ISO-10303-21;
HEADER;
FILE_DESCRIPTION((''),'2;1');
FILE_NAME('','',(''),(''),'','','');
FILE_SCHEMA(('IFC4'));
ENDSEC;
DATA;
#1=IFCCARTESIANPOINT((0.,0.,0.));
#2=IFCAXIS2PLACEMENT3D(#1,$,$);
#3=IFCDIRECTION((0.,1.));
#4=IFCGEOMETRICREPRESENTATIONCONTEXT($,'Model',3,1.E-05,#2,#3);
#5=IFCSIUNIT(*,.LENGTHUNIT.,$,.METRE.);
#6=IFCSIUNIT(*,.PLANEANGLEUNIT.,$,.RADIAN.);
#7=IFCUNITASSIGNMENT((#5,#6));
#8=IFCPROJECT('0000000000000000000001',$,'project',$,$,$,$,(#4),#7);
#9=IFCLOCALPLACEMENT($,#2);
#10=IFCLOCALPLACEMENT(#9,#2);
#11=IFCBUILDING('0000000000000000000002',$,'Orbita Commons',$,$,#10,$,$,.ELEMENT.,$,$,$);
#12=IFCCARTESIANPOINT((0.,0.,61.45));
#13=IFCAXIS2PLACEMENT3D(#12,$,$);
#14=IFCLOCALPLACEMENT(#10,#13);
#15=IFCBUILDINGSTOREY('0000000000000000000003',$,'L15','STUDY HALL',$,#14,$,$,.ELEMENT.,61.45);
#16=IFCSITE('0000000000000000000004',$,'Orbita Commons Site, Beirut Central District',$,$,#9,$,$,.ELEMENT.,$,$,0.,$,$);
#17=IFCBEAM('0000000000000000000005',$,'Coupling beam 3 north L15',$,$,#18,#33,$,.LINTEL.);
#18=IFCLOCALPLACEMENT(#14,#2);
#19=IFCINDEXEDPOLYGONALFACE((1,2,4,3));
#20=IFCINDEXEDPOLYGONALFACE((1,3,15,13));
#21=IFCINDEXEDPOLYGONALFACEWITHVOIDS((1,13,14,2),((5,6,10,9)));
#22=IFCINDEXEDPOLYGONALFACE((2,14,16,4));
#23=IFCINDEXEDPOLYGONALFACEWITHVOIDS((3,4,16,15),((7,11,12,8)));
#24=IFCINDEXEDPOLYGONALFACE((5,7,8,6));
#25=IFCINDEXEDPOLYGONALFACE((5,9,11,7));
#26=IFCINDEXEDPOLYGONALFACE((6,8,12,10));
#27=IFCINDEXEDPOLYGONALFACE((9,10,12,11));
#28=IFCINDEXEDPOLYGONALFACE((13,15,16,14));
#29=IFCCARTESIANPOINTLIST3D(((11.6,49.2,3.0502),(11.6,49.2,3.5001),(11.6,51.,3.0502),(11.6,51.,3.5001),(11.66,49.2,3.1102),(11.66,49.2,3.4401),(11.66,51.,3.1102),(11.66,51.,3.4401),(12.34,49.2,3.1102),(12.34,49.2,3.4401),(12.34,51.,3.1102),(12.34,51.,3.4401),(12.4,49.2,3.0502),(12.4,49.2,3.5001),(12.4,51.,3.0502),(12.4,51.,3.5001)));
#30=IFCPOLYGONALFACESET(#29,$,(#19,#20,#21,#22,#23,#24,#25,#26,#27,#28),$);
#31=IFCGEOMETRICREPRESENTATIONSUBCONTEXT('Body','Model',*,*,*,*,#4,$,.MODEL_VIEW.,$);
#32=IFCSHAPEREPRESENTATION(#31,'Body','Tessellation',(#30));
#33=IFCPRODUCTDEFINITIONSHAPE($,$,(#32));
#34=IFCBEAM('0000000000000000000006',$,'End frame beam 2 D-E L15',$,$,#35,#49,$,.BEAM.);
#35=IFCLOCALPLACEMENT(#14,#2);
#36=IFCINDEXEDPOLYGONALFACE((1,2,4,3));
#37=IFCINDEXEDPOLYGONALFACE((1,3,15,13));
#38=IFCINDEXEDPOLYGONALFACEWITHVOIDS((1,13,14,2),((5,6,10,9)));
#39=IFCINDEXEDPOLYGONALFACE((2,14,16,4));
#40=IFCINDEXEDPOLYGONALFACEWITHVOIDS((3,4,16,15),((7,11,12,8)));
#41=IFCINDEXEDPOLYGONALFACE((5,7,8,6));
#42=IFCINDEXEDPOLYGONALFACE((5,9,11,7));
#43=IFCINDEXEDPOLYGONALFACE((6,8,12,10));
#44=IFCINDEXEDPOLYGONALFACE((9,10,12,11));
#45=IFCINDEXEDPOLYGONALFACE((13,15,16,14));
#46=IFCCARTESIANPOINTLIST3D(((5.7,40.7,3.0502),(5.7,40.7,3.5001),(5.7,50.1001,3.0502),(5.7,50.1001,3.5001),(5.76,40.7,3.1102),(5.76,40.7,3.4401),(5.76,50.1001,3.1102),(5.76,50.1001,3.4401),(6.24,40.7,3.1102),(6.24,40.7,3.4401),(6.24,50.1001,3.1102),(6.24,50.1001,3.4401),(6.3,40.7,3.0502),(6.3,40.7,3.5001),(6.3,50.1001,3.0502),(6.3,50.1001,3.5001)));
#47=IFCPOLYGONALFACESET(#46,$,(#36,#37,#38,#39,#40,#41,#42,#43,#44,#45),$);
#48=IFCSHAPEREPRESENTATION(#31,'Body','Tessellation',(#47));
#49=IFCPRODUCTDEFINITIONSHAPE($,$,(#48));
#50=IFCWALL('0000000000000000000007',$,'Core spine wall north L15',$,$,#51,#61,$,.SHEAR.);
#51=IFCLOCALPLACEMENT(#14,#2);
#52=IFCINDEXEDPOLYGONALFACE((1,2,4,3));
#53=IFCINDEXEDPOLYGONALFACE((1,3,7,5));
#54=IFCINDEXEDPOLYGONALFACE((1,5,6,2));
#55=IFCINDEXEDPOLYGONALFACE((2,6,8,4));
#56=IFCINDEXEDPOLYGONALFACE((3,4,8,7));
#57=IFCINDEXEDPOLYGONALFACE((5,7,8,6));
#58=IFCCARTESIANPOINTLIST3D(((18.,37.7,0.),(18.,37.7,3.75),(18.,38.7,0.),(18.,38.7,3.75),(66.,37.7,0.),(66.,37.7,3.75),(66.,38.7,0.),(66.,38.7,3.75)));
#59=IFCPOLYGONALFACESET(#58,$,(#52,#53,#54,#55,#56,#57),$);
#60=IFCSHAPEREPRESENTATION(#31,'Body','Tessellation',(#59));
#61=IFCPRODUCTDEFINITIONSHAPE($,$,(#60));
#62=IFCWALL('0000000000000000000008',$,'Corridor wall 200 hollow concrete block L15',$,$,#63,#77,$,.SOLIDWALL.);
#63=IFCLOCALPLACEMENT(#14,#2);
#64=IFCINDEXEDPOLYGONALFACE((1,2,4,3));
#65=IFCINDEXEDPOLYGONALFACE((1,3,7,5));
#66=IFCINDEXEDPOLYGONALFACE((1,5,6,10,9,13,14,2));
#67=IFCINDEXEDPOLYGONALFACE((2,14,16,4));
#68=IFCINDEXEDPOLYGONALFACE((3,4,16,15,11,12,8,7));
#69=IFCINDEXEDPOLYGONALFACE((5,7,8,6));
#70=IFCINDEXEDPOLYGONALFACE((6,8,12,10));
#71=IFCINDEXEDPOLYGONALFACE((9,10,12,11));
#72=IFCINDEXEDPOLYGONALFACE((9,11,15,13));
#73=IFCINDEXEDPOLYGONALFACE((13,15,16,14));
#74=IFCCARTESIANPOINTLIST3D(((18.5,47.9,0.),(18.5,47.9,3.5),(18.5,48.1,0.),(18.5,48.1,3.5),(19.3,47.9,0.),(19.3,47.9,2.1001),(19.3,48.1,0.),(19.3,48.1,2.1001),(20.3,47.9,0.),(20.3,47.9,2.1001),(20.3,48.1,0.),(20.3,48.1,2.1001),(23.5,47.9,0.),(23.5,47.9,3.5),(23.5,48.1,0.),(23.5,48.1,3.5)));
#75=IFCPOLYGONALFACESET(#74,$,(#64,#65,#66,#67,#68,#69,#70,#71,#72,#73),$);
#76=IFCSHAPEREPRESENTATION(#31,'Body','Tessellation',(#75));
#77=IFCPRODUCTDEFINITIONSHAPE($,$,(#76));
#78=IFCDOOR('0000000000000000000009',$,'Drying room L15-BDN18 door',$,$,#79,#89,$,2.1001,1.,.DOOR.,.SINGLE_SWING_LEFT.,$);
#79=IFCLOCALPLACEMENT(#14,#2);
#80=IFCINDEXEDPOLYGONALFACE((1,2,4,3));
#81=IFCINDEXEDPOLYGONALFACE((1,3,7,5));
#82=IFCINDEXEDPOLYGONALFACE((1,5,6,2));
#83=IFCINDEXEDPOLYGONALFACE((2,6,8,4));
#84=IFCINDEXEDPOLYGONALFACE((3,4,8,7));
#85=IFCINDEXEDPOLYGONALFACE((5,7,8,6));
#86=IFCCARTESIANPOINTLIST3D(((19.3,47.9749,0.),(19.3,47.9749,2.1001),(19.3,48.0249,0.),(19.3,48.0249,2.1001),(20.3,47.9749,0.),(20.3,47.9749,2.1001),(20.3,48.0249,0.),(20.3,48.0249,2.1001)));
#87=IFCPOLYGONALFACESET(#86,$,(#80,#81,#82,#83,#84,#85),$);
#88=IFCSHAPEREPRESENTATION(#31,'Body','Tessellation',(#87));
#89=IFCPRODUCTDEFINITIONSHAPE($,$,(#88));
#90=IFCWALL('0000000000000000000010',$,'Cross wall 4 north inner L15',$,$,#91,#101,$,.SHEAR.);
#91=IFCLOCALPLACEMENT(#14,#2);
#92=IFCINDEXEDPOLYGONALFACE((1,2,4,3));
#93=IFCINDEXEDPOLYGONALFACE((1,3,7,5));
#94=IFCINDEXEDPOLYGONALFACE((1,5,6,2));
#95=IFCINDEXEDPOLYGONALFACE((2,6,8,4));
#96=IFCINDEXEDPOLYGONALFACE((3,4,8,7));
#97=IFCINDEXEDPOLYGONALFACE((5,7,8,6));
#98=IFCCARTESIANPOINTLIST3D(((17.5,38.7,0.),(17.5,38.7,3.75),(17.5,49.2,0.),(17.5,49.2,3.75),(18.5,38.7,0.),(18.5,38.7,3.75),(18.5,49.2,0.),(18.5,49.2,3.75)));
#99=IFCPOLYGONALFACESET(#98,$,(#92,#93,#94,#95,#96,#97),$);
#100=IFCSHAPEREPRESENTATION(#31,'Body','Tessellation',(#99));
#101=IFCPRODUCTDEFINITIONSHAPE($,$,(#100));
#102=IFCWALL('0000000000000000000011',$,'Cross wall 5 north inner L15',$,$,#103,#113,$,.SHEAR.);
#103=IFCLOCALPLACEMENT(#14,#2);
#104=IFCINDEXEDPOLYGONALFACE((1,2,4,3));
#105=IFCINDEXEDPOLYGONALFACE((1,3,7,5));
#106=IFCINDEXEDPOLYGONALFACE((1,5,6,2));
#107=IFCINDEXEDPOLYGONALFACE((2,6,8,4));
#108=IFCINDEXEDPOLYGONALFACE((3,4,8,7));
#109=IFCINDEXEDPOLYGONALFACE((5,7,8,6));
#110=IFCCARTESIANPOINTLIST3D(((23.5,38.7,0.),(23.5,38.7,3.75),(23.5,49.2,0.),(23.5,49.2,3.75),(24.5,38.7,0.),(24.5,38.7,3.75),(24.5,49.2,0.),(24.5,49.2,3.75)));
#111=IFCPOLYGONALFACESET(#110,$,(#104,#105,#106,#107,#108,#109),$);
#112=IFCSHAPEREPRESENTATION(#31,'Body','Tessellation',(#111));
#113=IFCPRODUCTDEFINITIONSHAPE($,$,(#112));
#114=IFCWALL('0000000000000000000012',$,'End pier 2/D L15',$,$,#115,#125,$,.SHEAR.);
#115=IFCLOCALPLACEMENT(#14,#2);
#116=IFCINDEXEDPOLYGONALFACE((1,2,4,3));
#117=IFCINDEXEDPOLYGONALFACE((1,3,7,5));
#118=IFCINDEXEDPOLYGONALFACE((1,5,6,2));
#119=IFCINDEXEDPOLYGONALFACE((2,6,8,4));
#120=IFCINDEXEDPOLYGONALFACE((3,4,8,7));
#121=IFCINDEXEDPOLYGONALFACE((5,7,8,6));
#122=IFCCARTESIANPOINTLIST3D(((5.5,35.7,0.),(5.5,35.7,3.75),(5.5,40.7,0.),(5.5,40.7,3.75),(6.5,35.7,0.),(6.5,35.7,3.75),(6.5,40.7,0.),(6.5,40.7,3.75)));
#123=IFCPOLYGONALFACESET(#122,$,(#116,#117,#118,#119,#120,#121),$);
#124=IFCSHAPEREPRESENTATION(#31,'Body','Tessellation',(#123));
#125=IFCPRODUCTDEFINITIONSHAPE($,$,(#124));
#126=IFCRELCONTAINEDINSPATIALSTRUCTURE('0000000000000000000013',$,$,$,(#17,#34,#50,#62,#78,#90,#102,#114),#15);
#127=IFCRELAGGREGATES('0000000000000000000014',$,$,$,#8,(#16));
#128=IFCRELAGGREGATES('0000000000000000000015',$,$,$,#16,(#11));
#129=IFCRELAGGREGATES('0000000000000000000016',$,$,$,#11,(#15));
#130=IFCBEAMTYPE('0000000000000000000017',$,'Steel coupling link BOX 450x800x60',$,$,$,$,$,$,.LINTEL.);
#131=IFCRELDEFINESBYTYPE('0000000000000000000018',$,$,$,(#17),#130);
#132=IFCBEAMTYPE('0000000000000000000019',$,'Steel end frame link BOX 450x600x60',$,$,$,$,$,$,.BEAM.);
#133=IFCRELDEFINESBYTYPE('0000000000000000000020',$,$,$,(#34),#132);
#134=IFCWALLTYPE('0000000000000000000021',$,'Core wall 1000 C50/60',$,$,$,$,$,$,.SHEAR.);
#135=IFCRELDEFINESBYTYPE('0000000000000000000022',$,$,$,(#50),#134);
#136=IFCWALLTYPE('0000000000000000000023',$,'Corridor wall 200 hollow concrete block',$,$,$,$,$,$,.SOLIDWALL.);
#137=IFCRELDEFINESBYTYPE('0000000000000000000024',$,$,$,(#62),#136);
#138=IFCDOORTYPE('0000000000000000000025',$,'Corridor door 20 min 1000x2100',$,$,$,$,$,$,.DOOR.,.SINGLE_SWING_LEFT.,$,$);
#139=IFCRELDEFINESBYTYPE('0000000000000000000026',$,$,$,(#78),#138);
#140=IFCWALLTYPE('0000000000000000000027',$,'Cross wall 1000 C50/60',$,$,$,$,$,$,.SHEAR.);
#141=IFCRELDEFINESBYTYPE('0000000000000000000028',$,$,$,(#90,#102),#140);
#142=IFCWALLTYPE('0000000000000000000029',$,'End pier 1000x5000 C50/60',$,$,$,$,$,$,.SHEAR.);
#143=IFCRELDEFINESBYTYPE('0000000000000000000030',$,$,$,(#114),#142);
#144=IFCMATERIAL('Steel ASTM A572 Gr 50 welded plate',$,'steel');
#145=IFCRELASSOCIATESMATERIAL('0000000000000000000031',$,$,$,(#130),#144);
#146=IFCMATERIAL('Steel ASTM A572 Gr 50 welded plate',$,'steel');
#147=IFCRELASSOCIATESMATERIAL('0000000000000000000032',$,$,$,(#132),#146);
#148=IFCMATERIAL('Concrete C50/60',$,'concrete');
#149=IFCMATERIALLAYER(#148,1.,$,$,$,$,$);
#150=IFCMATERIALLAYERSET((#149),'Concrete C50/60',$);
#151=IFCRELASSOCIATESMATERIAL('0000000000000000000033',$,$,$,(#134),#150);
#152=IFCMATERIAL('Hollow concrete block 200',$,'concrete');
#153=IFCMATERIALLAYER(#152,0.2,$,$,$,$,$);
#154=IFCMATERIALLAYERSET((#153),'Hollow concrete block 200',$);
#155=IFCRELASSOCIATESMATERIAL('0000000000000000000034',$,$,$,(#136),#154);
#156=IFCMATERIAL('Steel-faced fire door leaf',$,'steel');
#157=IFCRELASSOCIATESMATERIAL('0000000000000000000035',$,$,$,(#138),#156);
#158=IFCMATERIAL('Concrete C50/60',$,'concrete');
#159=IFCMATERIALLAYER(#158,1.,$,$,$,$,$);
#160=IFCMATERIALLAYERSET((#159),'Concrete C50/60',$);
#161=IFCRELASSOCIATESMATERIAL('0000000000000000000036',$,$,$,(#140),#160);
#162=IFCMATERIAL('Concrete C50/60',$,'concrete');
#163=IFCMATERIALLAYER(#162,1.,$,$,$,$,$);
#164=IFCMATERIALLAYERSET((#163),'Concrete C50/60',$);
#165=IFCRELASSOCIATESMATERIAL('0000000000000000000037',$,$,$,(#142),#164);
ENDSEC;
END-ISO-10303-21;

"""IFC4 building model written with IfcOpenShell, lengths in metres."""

from ifc_helpers import new_model, si_unit, direction, frame, frame_2d, origin, origin_2d, place, context, subcontext, project, spatial, rectangle, hollow_rectangle, extrude, material, layer, layer_set, material_profile, profile_set, type_object, element, fill, save


model = new_model("IFC4")

# Units and contexts
model_context = context("Model", 3, precision=1e-05, world=origin(), true_north=direction((0.0, 1.0)))
body_context = subcontext(model_context, "Body", "Model", "MODEL_VIEW")
ifc_project = project(units=[si_unit("LENGTHUNIT", "METRE"), si_unit("PLANEANGLEUNIT", "RADIAN")], contexts=[model_context])

# Site, building, storey
site_placement = place(None, origin())
site = spatial("IfcSite", under=ifc_project, at=site_placement, Name="Orbita Commons Site, Beirut Central District", CompositionType="ELEMENT", RefElevation=0.0)
building_placement = place(site_placement, origin())
building = spatial("IfcBuilding", under=site, at=building_placement, Name="Orbita Commons", CompositionType="ELEMENT")
storey_placement = place(building_placement, frame((0.0, 0.0, 61.45)))
storey = spatial("IfcBuildingStorey", under=building, at=storey_placement, Name="L15", Description="STUDY HALL", CompositionType="ELEMENT", Elevation=61.45)

# Beams
ifc_material_1 = material(Name="Steel ASTM A572 Gr 50 welded plate", Category="steel")
ifc_material_profile_1 = material_profile(ifc_material_1, hollow_rectangle(XDim=0.8, YDim=0.45, WallThickness=0.0601, at=origin_2d()), Name="BOX 450x800x60")
ifc_profile_set_1 = profile_set([ifc_material_profile_1], Name="Steel ASTM A572 Gr 50 welded plate")
beam_type_1 = type_object("IfcBeamType", Name="Steel coupling link BOX 450x800x60", PredefinedType="LINTEL", material=ifc_profile_set_1)
beam_1_placement = place(storey_placement, frame((12.0, 49.2, 3.2751), z_axis=(0.0, 1.0, 0.0), x_axis=(-1.0, 0.0, 0.0)))
element("IfcBeam", 1, at=beam_1_placement, inside=storey, type_object=beam_type_1, Name="Coupling beam 3 north L15", PredefinedType="LINTEL", context=body_context, shape_type="SweptSolid", body=[
    extrude(hollow_rectangle(XDim=0.8, YDim=0.45, WallThickness=0.0601, at=origin_2d()), origin(), (0.0, 0.0, 1.0), 1.8),
])
ifc_material_2 = material(Name="Steel ASTM A572 Gr 50 welded plate", Category="steel")
ifc_material_profile_2 = material_profile(ifc_material_2, hollow_rectangle(XDim=0.6001, YDim=0.45, WallThickness=0.0601, at=origin_2d()), Name="BOX 450x600x60")
ifc_profile_set_2 = profile_set([ifc_material_profile_2], Name="Steel ASTM A572 Gr 50 welded plate")
beam_type_2 = type_object("IfcBeamType", Name="Steel end frame link BOX 450x600x60", PredefinedType="BEAM", material=ifc_profile_set_2)
beam_2_placement = place(storey_placement, frame((6.0, 40.7, 3.2751), z_axis=(0.0, 1.0, 0.0), x_axis=(-1.0, 0.0, 0.0)))
element("IfcBeam", 2, at=beam_2_placement, inside=storey, type_object=beam_type_2, Name="End frame beam 2 D-E L15", PredefinedType="BEAM", context=body_context, shape_type="SweptSolid", body=[
    extrude(hollow_rectangle(XDim=0.6001, YDim=0.45, WallThickness=0.0601, at=origin_2d()), origin(), (0.0, 0.0, 1.0), 9.4001),
])

# Wall
ifc_material_3 = material(Name="Concrete C50/60", Category="concrete")
ifc_layer_1 = layer(ifc_material_3, 1.0)
ifc_layer_set_1 = layer_set([ifc_layer_1], Name="Concrete C50/60")
wall_type_1 = type_object("IfcWallType", Name="Core wall 1000 C50/60", PredefinedType="SHEAR", material=ifc_layer_set_1)
wall_1_placement = place(storey_placement, frame((18.0, 38.2, 0.0), z_axis=(0.0, 0.0, 1.0), x_axis=(1.0, 0.0, 0.0)))
element("IfcWall", 3, at=wall_1_placement, inside=storey, type_object=wall_type_1, Name="Core spine wall north L15", PredefinedType="SHEAR", context=body_context, shape_type="SweptSolid", body=[
    extrude(rectangle(XDim=48.0, YDim=1.0, at=frame_2d((24.0, 0.0))), origin(), (0.0, 0.0, 1.0), 3.75),
])

# Wall, opening, door
ifc_material_4 = material(Name="Hollow concrete block 200", Category="concrete")
ifc_layer_2 = layer(ifc_material_4, 0.2)
ifc_layer_set_2 = layer_set([ifc_layer_2], Name="Hollow concrete block 200")
wall_type_2 = type_object("IfcWallType", Name="Corridor wall 200 hollow concrete block", PredefinedType="SOLIDWALL", material=ifc_layer_set_2)
wall_2_placement = place(storey_placement, frame((18.5, 48.0, 0.0), z_axis=(0.0, 0.0, 1.0), x_axis=(1.0, 0.0, 0.0)))
wall_2 = element("IfcWall", 4, at=wall_2_placement, inside=storey, type_object=wall_type_2, Name="Corridor wall 200 hollow concrete block L15", PredefinedType="SOLIDWALL", context=body_context, shape_type="SweptSolid", body=[
    extrude(rectangle(XDim=5.0, YDim=0.2, at=frame_2d((2.5, 0.0))), origin(), (0.0, 0.0, 1.0), 3.5),
])
opening_1_placement = place(wall_2_placement, frame((0.8, 0.0, 0.0)))
opening_1 = element("IfcOpeningElement", 5, at=opening_1_placement, cuts=wall_2, PredefinedType="OPENING", context=body_context, shape_type="SweptSolid", body=[
    extrude(rectangle(XDim=1.0, YDim=2.1001, at=frame_2d((0.5, 1.05))), frame((0.0, 0.1099, 0.0), z_axis=(0.0, -1.0, 0.0), x_axis=(1.0, 0.0, 0.0)), (0.0, 0.0, 1.0), 0.22),
])
ifc_material_5 = material(Name="Steel-faced fire door leaf", Category="steel")
door_type = type_object("IfcDoorType", Name="Corridor door 20 min 1000x2100", OperationType="SINGLE_SWING_LEFT", PredefinedType="DOOR", material=ifc_material_5)
door_placement = place(opening_1_placement, origin())
door = element("IfcDoor", 6, at=door_placement, inside=storey, type_object=door_type, Name="Drying room L15-BDN18 door", OperationType="SINGLE_SWING_LEFT", OverallHeight=2.1001, OverallWidth=1.0, PredefinedType="DOOR", context=body_context, shape_type="SweptSolid", body=[
    extrude(rectangle(XDim=1.0, YDim=2.1001, at=frame_2d((0.5, 1.05))), frame((0.0, 0.0249, 0.0), z_axis=(0.0, -1.0, 0.0), x_axis=(1.0, 0.0, 0.0)), (0.0, 0.0, 1.0), 0.05),
])
fill(opening_1, door)

# Walls
ifc_material_6 = material(Name="Concrete C50/60", Category="concrete")
ifc_layer_3 = layer(ifc_material_6, 1.0)
ifc_layer_set_3 = layer_set([ifc_layer_3], Name="Concrete C50/60")
wall_type_3 = type_object("IfcWallType", Name="Cross wall 1000 C50/60", PredefinedType="SHEAR", material=ifc_layer_set_3)
for number, where, z_axis, x_axis, name in (
    (7, (18.0, 38.7, 0.0), (0.0, 0.0, 1.0), (0.0, 1.0, 0.0), "Cross wall 4 north inner L15"),
    (8, (24.0, 38.7, 0.0), (0.0, 0.0, 1.0), (0.0, 1.0, 0.0), "Cross wall 5 north inner L15"),
):
    element("IfcWall", number, at=place(storey_placement, frame(where, z_axis=z_axis, x_axis=x_axis)), inside=storey, type_object=wall_type_3, Name=name, PredefinedType="SHEAR", context=body_context, shape_type="SweptSolid", body=[
        extrude(rectangle(XDim=10.5, YDim=1.0, at=frame_2d((5.25, 0.0))), origin(), (0.0, 0.0, 1.0), 3.75),
    ])
ifc_material_7 = material(Name="Concrete C50/60", Category="concrete")
ifc_layer_4 = layer(ifc_material_7, 1.0)
ifc_layer_set_4 = layer_set([ifc_layer_4], Name="Concrete C50/60")
wall_type_4 = type_object("IfcWallType", Name="End pier 1000x5000 C50/60", PredefinedType="SHEAR", material=ifc_layer_set_4)
wall_3_placement = place(storey_placement, frame((6.0, 35.7, 0.0), z_axis=(0.0, 0.0, 1.0), x_axis=(0.0, 1.0, 0.0)))
element("IfcWall", 9, at=wall_3_placement, inside=storey, type_object=wall_type_4, Name="End pier 2/D L15", PredefinedType="SHEAR", context=body_context, shape_type="SweptSolid", body=[
    extrude(rectangle(XDim=5.0, YDim=1.0, at=frame_2d((2.5, 0.0))), origin(), (0.0, 0.0, 1.0), 3.75),
])

save(model, "model.ifc")
